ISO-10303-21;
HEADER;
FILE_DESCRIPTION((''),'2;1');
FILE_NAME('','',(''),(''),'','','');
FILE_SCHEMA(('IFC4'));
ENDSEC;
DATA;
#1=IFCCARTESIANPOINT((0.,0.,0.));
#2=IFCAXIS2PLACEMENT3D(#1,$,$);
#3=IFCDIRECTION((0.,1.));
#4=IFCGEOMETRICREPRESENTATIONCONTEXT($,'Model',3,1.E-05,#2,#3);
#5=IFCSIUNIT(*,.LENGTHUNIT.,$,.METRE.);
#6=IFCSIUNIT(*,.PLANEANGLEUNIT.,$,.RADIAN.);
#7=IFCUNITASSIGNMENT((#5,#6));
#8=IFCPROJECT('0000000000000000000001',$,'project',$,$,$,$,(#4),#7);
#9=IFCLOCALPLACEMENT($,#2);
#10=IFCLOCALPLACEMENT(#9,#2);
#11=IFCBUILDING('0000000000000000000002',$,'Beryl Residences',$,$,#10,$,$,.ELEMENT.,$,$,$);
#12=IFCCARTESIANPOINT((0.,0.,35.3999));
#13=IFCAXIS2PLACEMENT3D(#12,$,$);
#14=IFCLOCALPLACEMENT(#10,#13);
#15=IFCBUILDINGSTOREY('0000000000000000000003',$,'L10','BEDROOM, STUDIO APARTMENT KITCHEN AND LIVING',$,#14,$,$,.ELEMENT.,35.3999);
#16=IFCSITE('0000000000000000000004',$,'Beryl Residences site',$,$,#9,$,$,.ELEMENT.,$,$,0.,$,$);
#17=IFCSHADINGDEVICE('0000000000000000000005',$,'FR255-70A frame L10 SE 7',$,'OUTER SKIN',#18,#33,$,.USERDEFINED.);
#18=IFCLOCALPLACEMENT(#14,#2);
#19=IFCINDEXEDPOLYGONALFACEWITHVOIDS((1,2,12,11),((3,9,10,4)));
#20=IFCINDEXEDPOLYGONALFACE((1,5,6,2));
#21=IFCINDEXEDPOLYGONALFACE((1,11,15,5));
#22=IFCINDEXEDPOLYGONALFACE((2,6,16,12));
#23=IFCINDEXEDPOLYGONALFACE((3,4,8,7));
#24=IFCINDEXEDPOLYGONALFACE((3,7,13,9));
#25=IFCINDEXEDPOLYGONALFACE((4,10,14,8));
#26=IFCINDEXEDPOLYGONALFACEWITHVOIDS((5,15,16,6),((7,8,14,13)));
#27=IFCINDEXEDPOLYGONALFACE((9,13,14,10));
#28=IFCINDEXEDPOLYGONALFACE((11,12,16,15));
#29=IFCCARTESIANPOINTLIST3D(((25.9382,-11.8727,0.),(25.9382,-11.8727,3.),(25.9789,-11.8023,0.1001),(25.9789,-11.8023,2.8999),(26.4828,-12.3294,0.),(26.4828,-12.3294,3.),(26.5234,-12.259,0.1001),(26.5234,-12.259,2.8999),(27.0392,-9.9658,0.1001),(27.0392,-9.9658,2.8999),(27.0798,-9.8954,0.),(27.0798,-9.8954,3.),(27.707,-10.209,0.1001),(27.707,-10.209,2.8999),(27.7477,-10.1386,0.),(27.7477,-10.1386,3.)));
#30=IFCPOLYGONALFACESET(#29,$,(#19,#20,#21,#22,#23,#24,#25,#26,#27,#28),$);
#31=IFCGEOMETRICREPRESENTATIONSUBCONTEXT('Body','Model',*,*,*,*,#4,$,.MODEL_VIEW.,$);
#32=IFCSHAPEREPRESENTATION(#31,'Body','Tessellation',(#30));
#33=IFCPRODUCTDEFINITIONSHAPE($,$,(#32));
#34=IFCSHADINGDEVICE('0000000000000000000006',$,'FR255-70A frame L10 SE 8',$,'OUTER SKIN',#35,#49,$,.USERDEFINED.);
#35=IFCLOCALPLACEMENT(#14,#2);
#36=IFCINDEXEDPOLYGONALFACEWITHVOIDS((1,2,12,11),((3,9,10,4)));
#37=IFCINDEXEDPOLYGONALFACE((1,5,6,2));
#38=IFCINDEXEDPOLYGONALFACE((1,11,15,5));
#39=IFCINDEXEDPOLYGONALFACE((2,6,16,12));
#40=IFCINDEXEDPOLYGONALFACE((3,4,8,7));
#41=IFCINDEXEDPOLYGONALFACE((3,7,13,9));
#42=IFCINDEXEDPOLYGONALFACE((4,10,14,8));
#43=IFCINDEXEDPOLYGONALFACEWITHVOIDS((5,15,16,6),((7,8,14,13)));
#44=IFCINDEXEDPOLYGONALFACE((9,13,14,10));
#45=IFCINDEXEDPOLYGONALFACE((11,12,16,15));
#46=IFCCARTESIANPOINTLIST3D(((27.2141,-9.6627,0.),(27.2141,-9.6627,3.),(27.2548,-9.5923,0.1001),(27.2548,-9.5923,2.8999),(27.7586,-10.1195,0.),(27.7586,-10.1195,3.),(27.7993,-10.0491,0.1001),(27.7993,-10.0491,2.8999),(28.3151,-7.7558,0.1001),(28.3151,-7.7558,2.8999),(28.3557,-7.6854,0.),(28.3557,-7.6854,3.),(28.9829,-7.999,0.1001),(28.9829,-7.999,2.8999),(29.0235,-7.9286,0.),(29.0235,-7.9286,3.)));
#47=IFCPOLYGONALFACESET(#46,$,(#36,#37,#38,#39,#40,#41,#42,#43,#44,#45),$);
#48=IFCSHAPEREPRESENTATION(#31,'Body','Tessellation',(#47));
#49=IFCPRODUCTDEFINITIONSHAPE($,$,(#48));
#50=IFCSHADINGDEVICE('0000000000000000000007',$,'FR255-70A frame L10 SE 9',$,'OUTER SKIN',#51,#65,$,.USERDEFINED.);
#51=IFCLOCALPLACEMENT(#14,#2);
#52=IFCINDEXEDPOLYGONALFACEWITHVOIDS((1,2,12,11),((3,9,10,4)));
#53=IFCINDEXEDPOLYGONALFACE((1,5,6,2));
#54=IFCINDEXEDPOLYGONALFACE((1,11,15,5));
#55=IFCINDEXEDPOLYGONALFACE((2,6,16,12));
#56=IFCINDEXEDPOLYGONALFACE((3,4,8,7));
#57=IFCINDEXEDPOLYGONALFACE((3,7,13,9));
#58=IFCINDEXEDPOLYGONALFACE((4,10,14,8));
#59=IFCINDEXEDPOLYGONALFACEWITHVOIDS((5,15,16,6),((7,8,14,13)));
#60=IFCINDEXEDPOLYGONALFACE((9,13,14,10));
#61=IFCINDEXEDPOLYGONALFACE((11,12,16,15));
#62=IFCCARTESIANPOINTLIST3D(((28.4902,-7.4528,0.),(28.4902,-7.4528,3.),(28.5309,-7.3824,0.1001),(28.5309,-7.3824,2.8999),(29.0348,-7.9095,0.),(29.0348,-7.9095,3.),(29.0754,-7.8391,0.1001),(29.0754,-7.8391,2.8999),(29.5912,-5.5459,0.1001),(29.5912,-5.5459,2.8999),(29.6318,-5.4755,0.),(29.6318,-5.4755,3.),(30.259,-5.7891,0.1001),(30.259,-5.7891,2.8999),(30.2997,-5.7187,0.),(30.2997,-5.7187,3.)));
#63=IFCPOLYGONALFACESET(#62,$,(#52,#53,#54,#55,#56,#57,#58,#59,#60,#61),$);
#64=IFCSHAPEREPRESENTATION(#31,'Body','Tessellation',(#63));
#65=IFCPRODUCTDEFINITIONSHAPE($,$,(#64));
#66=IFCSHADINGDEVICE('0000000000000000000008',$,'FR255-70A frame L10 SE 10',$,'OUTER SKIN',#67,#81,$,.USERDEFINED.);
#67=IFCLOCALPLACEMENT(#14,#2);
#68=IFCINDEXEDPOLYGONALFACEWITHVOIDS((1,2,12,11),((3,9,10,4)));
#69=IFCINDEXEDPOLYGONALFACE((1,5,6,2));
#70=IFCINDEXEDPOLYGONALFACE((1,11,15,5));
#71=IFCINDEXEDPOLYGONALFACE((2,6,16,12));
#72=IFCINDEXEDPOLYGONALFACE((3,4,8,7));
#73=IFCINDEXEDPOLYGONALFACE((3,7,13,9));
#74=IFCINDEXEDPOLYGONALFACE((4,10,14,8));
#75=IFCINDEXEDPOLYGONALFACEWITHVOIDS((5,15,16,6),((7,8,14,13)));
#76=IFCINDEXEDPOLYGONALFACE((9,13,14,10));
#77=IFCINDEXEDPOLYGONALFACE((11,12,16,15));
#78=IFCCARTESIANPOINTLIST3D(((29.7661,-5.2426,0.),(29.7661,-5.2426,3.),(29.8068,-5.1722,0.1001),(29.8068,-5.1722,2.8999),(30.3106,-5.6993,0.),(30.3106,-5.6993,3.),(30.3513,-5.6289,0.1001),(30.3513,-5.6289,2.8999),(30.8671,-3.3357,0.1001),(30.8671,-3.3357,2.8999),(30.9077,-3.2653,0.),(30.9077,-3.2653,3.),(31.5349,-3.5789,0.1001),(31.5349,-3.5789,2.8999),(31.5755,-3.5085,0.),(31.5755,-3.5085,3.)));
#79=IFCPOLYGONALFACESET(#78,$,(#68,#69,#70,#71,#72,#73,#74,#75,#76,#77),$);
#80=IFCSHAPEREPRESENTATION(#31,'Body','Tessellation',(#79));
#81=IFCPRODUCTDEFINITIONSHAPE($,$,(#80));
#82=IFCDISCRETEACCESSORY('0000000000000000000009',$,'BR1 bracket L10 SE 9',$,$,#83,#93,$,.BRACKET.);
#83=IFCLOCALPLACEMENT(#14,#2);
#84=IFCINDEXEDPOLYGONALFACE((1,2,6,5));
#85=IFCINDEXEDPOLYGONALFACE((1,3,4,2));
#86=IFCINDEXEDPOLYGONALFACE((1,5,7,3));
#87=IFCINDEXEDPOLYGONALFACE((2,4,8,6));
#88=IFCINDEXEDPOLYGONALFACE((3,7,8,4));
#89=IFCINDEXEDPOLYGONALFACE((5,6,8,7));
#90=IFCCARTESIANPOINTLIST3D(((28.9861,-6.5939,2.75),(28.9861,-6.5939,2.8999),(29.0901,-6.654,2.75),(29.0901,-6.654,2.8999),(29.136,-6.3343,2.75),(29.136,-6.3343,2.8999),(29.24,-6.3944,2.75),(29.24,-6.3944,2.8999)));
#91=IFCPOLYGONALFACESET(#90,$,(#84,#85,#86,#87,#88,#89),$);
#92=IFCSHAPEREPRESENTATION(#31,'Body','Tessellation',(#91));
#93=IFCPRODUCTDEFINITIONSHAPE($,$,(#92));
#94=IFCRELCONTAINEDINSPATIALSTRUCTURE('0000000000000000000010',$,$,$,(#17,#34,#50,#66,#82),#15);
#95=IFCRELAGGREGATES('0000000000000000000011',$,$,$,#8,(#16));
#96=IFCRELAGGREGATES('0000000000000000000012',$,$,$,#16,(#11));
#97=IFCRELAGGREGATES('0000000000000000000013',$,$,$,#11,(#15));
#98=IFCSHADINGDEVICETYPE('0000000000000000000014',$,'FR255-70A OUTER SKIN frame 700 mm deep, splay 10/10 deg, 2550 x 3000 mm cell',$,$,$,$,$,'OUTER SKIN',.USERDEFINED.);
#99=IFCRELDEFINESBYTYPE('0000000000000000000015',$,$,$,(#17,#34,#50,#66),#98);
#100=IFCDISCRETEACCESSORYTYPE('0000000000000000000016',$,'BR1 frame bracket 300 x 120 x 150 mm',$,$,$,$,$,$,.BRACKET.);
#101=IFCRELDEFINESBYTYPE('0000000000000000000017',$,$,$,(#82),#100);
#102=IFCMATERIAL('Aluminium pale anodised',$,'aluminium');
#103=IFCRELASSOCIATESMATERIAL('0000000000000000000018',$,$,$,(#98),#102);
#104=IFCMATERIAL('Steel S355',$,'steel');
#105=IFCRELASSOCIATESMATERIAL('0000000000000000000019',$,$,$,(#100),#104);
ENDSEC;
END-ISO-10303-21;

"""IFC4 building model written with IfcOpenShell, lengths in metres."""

from ifc_helpers import new_model, entity, si_unit, direction, frame, origin, place, context, subcontext, project, spatial, polyline, outline, extrude, source, transform, mapped, material, type_object, type_shapes, element, save


model = new_model("IFC4")

# Units and contexts
model_context = context("Model", 3, precision=1e-05, world=origin(), true_north=direction((0.0, 1.0)))
body_context = subcontext(model_context, "Body", "Model", "MODEL_VIEW")
ifc_project = project(units=[si_unit("LENGTHUNIT", "METRE"), si_unit("PLANEANGLEUNIT", "RADIAN")], contexts=[model_context])

# Site, building, storey
site_placement = place(None, origin())
site = spatial("IfcSite", under=ifc_project, at=site_placement, Name="Beryl Residences site", CompositionType="ELEMENT", RefElevation=0.0)
building_placement = place(site_placement, origin())
building = spatial("IfcBuilding", under=site, at=building_placement, Name="Beryl Residences", CompositionType="ELEMENT")
storey_placement = place(building_placement, frame((0.0, 0.0, 35.3999)))
storey = spatial("IfcBuildingStorey", under=building, at=storey_placement, Name="L10", Description="BEDROOM, STUDIO APARTMENT KITCHEN AND LIVING", CompositionType="ELEMENT", Elevation=35.3999)

# Shading devices
ifc_material_1 = material(Name="Aluminium pale anodised", Category="aluminium")
shading_device_type = type_object("IfcShadingDeviceType", Name="FR255-70A OUTER SKIN frame 700 mm deep, splay 10/10 deg, 2550 x 3000 mm cell", ElementType="OUTER SKIN", PredefinedType="USERDEFINED", material=ifc_material_1)
cartesian_point_1 = entity("IfcCartesianPoint", [-1.1416, 0.0])
cartesian_point_2 = entity("IfcCartesianPoint", [-1.0603, 0.1001])
cartesian_point_3 = entity("IfcCartesianPoint", [-1.2649, 0.0])
cartesian_point_4 = entity("IfcCartesianPoint", [-1.1836, 0.1001])
shared_shape_1 = source(origin(), body_context, "Body", "SweptSolid", [
    entity("IfcExtrudedAreaSolidTapered", entity("IfcArbitraryProfileDefWithVoids", "AREA", None, entity("IfcPolyline", [cartesian_point_1, entity("IfcCartesianPoint", [1.1416, 0.0]), entity("IfcCartesianPoint", [1.1416, 3.0]), entity("IfcCartesianPoint", [-1.1416, 3.0]), cartesian_point_1]), [entity("IfcPolyline", [cartesian_point_2, entity("IfcCartesianPoint", [1.0603, 0.1001]), entity("IfcCartesianPoint", [1.0603, 2.8999]), entity("IfcCartesianPoint", [-1.0603, 2.8999]), cartesian_point_2])]), entity("IfcAxis2Placement3D", entity("IfcCartesianPoint", [0.0, 0.0, 0.0]), entity("IfcDirection", [0.0, 1.0, 0.0]), entity("IfcDirection", [-1.0, 0.0, 0.0])), entity("IfcDirection", [0.0, 0.0, 1.0]), 0.7, entity("IfcArbitraryProfileDefWithVoids", "AREA", None, entity("IfcPolyline", [cartesian_point_3, entity("IfcCartesianPoint", [1.2649, 0.0]), entity("IfcCartesianPoint", [1.2649, 3.0]), entity("IfcCartesianPoint", [-1.2649, 3.0]), cartesian_point_3]), [entity("IfcPolyline", [cartesian_point_4, entity("IfcCartesianPoint", [1.1836, 0.1001]), entity("IfcCartesianPoint", [1.1836, 2.8999]), entity("IfcCartesianPoint", [-1.1836, 2.8999]), cartesian_point_4])])),
])
type_shapes(shading_device_type, [shared_shape_1])
for number, where, z_axis, x_axis, name in (
    (1, (26.509, -10.884, 0.0), (0.0, 0.0, 1.0), (-0.5, -0.866025, 0.0), "FR255-70A frame L10 SE 7"),
    (2, (27.7849, -8.6741, 0.0), (0.0, 0.0, 1.0), (-0.5, -0.866025, 0.0), "FR255-70A frame L10 SE 8"),
    (3, (29.061, -6.4641, 0.0), (0.0, 0.0, 1.0), (-0.5, -0.866025, 0.0), "FR255-70A frame L10 SE 9"),
    (4, (30.3369, -4.2539, 0.0), (0.0, 0.0, 1.0), (-0.5, -0.866025, 0.0), "FR255-70A frame L10 SE 10"),
):
    element("IfcShadingDevice", number, at=place(storey_placement, frame(where, z_axis=z_axis, x_axis=x_axis)), inside=storey, type_object=shading_device_type, Name=name, ObjectType="OUTER SKIN", PredefinedType="USERDEFINED", context=body_context, shape_type="MappedRepresentation", body=[
        mapped(shared_shape_1, transform((0.0, 0.0, 0.0))),
    ])

# Discrete accessory
ifc_material_2 = material(Name="Steel S355", Category="steel")
discrete_accessory_type = type_object("IfcDiscreteAccessoryType", Name="BR1 frame bracket 300 x 120 x 150 mm", PredefinedType="BRACKET", material=ifc_material_2)
shared_shape_2 = source(origin(), body_context, "Body", "SweptSolid", [
    extrude(outline(polyline([(-0.1499, 0.0), (0.1499, 0.0), (0.1499, 0.1201), (-0.1499, 0.1201), (-0.1499, 0.0)])), origin(), (0.0, 0.0, 1.0), 0.1499),
])
type_shapes(discrete_accessory_type, [shared_shape_2])
discrete_accessory_placement = place(storey_placement, frame((29.061, -6.4641, 2.75), z_axis=(0.0, 0.0, 1.0), x_axis=(-0.5, -0.866025, 0.0)))
element("IfcDiscreteAccessory", 5, at=discrete_accessory_placement, inside=storey, type_object=discrete_accessory_type, Name="BR1 bracket L10 SE 9", PredefinedType="BRACKET", context=body_context, shape_type="MappedRepresentation", body=[
    mapped(shared_shape_2, transform((0.0, 0.0, 0.0))),
])

save(model, "model.ifc")
